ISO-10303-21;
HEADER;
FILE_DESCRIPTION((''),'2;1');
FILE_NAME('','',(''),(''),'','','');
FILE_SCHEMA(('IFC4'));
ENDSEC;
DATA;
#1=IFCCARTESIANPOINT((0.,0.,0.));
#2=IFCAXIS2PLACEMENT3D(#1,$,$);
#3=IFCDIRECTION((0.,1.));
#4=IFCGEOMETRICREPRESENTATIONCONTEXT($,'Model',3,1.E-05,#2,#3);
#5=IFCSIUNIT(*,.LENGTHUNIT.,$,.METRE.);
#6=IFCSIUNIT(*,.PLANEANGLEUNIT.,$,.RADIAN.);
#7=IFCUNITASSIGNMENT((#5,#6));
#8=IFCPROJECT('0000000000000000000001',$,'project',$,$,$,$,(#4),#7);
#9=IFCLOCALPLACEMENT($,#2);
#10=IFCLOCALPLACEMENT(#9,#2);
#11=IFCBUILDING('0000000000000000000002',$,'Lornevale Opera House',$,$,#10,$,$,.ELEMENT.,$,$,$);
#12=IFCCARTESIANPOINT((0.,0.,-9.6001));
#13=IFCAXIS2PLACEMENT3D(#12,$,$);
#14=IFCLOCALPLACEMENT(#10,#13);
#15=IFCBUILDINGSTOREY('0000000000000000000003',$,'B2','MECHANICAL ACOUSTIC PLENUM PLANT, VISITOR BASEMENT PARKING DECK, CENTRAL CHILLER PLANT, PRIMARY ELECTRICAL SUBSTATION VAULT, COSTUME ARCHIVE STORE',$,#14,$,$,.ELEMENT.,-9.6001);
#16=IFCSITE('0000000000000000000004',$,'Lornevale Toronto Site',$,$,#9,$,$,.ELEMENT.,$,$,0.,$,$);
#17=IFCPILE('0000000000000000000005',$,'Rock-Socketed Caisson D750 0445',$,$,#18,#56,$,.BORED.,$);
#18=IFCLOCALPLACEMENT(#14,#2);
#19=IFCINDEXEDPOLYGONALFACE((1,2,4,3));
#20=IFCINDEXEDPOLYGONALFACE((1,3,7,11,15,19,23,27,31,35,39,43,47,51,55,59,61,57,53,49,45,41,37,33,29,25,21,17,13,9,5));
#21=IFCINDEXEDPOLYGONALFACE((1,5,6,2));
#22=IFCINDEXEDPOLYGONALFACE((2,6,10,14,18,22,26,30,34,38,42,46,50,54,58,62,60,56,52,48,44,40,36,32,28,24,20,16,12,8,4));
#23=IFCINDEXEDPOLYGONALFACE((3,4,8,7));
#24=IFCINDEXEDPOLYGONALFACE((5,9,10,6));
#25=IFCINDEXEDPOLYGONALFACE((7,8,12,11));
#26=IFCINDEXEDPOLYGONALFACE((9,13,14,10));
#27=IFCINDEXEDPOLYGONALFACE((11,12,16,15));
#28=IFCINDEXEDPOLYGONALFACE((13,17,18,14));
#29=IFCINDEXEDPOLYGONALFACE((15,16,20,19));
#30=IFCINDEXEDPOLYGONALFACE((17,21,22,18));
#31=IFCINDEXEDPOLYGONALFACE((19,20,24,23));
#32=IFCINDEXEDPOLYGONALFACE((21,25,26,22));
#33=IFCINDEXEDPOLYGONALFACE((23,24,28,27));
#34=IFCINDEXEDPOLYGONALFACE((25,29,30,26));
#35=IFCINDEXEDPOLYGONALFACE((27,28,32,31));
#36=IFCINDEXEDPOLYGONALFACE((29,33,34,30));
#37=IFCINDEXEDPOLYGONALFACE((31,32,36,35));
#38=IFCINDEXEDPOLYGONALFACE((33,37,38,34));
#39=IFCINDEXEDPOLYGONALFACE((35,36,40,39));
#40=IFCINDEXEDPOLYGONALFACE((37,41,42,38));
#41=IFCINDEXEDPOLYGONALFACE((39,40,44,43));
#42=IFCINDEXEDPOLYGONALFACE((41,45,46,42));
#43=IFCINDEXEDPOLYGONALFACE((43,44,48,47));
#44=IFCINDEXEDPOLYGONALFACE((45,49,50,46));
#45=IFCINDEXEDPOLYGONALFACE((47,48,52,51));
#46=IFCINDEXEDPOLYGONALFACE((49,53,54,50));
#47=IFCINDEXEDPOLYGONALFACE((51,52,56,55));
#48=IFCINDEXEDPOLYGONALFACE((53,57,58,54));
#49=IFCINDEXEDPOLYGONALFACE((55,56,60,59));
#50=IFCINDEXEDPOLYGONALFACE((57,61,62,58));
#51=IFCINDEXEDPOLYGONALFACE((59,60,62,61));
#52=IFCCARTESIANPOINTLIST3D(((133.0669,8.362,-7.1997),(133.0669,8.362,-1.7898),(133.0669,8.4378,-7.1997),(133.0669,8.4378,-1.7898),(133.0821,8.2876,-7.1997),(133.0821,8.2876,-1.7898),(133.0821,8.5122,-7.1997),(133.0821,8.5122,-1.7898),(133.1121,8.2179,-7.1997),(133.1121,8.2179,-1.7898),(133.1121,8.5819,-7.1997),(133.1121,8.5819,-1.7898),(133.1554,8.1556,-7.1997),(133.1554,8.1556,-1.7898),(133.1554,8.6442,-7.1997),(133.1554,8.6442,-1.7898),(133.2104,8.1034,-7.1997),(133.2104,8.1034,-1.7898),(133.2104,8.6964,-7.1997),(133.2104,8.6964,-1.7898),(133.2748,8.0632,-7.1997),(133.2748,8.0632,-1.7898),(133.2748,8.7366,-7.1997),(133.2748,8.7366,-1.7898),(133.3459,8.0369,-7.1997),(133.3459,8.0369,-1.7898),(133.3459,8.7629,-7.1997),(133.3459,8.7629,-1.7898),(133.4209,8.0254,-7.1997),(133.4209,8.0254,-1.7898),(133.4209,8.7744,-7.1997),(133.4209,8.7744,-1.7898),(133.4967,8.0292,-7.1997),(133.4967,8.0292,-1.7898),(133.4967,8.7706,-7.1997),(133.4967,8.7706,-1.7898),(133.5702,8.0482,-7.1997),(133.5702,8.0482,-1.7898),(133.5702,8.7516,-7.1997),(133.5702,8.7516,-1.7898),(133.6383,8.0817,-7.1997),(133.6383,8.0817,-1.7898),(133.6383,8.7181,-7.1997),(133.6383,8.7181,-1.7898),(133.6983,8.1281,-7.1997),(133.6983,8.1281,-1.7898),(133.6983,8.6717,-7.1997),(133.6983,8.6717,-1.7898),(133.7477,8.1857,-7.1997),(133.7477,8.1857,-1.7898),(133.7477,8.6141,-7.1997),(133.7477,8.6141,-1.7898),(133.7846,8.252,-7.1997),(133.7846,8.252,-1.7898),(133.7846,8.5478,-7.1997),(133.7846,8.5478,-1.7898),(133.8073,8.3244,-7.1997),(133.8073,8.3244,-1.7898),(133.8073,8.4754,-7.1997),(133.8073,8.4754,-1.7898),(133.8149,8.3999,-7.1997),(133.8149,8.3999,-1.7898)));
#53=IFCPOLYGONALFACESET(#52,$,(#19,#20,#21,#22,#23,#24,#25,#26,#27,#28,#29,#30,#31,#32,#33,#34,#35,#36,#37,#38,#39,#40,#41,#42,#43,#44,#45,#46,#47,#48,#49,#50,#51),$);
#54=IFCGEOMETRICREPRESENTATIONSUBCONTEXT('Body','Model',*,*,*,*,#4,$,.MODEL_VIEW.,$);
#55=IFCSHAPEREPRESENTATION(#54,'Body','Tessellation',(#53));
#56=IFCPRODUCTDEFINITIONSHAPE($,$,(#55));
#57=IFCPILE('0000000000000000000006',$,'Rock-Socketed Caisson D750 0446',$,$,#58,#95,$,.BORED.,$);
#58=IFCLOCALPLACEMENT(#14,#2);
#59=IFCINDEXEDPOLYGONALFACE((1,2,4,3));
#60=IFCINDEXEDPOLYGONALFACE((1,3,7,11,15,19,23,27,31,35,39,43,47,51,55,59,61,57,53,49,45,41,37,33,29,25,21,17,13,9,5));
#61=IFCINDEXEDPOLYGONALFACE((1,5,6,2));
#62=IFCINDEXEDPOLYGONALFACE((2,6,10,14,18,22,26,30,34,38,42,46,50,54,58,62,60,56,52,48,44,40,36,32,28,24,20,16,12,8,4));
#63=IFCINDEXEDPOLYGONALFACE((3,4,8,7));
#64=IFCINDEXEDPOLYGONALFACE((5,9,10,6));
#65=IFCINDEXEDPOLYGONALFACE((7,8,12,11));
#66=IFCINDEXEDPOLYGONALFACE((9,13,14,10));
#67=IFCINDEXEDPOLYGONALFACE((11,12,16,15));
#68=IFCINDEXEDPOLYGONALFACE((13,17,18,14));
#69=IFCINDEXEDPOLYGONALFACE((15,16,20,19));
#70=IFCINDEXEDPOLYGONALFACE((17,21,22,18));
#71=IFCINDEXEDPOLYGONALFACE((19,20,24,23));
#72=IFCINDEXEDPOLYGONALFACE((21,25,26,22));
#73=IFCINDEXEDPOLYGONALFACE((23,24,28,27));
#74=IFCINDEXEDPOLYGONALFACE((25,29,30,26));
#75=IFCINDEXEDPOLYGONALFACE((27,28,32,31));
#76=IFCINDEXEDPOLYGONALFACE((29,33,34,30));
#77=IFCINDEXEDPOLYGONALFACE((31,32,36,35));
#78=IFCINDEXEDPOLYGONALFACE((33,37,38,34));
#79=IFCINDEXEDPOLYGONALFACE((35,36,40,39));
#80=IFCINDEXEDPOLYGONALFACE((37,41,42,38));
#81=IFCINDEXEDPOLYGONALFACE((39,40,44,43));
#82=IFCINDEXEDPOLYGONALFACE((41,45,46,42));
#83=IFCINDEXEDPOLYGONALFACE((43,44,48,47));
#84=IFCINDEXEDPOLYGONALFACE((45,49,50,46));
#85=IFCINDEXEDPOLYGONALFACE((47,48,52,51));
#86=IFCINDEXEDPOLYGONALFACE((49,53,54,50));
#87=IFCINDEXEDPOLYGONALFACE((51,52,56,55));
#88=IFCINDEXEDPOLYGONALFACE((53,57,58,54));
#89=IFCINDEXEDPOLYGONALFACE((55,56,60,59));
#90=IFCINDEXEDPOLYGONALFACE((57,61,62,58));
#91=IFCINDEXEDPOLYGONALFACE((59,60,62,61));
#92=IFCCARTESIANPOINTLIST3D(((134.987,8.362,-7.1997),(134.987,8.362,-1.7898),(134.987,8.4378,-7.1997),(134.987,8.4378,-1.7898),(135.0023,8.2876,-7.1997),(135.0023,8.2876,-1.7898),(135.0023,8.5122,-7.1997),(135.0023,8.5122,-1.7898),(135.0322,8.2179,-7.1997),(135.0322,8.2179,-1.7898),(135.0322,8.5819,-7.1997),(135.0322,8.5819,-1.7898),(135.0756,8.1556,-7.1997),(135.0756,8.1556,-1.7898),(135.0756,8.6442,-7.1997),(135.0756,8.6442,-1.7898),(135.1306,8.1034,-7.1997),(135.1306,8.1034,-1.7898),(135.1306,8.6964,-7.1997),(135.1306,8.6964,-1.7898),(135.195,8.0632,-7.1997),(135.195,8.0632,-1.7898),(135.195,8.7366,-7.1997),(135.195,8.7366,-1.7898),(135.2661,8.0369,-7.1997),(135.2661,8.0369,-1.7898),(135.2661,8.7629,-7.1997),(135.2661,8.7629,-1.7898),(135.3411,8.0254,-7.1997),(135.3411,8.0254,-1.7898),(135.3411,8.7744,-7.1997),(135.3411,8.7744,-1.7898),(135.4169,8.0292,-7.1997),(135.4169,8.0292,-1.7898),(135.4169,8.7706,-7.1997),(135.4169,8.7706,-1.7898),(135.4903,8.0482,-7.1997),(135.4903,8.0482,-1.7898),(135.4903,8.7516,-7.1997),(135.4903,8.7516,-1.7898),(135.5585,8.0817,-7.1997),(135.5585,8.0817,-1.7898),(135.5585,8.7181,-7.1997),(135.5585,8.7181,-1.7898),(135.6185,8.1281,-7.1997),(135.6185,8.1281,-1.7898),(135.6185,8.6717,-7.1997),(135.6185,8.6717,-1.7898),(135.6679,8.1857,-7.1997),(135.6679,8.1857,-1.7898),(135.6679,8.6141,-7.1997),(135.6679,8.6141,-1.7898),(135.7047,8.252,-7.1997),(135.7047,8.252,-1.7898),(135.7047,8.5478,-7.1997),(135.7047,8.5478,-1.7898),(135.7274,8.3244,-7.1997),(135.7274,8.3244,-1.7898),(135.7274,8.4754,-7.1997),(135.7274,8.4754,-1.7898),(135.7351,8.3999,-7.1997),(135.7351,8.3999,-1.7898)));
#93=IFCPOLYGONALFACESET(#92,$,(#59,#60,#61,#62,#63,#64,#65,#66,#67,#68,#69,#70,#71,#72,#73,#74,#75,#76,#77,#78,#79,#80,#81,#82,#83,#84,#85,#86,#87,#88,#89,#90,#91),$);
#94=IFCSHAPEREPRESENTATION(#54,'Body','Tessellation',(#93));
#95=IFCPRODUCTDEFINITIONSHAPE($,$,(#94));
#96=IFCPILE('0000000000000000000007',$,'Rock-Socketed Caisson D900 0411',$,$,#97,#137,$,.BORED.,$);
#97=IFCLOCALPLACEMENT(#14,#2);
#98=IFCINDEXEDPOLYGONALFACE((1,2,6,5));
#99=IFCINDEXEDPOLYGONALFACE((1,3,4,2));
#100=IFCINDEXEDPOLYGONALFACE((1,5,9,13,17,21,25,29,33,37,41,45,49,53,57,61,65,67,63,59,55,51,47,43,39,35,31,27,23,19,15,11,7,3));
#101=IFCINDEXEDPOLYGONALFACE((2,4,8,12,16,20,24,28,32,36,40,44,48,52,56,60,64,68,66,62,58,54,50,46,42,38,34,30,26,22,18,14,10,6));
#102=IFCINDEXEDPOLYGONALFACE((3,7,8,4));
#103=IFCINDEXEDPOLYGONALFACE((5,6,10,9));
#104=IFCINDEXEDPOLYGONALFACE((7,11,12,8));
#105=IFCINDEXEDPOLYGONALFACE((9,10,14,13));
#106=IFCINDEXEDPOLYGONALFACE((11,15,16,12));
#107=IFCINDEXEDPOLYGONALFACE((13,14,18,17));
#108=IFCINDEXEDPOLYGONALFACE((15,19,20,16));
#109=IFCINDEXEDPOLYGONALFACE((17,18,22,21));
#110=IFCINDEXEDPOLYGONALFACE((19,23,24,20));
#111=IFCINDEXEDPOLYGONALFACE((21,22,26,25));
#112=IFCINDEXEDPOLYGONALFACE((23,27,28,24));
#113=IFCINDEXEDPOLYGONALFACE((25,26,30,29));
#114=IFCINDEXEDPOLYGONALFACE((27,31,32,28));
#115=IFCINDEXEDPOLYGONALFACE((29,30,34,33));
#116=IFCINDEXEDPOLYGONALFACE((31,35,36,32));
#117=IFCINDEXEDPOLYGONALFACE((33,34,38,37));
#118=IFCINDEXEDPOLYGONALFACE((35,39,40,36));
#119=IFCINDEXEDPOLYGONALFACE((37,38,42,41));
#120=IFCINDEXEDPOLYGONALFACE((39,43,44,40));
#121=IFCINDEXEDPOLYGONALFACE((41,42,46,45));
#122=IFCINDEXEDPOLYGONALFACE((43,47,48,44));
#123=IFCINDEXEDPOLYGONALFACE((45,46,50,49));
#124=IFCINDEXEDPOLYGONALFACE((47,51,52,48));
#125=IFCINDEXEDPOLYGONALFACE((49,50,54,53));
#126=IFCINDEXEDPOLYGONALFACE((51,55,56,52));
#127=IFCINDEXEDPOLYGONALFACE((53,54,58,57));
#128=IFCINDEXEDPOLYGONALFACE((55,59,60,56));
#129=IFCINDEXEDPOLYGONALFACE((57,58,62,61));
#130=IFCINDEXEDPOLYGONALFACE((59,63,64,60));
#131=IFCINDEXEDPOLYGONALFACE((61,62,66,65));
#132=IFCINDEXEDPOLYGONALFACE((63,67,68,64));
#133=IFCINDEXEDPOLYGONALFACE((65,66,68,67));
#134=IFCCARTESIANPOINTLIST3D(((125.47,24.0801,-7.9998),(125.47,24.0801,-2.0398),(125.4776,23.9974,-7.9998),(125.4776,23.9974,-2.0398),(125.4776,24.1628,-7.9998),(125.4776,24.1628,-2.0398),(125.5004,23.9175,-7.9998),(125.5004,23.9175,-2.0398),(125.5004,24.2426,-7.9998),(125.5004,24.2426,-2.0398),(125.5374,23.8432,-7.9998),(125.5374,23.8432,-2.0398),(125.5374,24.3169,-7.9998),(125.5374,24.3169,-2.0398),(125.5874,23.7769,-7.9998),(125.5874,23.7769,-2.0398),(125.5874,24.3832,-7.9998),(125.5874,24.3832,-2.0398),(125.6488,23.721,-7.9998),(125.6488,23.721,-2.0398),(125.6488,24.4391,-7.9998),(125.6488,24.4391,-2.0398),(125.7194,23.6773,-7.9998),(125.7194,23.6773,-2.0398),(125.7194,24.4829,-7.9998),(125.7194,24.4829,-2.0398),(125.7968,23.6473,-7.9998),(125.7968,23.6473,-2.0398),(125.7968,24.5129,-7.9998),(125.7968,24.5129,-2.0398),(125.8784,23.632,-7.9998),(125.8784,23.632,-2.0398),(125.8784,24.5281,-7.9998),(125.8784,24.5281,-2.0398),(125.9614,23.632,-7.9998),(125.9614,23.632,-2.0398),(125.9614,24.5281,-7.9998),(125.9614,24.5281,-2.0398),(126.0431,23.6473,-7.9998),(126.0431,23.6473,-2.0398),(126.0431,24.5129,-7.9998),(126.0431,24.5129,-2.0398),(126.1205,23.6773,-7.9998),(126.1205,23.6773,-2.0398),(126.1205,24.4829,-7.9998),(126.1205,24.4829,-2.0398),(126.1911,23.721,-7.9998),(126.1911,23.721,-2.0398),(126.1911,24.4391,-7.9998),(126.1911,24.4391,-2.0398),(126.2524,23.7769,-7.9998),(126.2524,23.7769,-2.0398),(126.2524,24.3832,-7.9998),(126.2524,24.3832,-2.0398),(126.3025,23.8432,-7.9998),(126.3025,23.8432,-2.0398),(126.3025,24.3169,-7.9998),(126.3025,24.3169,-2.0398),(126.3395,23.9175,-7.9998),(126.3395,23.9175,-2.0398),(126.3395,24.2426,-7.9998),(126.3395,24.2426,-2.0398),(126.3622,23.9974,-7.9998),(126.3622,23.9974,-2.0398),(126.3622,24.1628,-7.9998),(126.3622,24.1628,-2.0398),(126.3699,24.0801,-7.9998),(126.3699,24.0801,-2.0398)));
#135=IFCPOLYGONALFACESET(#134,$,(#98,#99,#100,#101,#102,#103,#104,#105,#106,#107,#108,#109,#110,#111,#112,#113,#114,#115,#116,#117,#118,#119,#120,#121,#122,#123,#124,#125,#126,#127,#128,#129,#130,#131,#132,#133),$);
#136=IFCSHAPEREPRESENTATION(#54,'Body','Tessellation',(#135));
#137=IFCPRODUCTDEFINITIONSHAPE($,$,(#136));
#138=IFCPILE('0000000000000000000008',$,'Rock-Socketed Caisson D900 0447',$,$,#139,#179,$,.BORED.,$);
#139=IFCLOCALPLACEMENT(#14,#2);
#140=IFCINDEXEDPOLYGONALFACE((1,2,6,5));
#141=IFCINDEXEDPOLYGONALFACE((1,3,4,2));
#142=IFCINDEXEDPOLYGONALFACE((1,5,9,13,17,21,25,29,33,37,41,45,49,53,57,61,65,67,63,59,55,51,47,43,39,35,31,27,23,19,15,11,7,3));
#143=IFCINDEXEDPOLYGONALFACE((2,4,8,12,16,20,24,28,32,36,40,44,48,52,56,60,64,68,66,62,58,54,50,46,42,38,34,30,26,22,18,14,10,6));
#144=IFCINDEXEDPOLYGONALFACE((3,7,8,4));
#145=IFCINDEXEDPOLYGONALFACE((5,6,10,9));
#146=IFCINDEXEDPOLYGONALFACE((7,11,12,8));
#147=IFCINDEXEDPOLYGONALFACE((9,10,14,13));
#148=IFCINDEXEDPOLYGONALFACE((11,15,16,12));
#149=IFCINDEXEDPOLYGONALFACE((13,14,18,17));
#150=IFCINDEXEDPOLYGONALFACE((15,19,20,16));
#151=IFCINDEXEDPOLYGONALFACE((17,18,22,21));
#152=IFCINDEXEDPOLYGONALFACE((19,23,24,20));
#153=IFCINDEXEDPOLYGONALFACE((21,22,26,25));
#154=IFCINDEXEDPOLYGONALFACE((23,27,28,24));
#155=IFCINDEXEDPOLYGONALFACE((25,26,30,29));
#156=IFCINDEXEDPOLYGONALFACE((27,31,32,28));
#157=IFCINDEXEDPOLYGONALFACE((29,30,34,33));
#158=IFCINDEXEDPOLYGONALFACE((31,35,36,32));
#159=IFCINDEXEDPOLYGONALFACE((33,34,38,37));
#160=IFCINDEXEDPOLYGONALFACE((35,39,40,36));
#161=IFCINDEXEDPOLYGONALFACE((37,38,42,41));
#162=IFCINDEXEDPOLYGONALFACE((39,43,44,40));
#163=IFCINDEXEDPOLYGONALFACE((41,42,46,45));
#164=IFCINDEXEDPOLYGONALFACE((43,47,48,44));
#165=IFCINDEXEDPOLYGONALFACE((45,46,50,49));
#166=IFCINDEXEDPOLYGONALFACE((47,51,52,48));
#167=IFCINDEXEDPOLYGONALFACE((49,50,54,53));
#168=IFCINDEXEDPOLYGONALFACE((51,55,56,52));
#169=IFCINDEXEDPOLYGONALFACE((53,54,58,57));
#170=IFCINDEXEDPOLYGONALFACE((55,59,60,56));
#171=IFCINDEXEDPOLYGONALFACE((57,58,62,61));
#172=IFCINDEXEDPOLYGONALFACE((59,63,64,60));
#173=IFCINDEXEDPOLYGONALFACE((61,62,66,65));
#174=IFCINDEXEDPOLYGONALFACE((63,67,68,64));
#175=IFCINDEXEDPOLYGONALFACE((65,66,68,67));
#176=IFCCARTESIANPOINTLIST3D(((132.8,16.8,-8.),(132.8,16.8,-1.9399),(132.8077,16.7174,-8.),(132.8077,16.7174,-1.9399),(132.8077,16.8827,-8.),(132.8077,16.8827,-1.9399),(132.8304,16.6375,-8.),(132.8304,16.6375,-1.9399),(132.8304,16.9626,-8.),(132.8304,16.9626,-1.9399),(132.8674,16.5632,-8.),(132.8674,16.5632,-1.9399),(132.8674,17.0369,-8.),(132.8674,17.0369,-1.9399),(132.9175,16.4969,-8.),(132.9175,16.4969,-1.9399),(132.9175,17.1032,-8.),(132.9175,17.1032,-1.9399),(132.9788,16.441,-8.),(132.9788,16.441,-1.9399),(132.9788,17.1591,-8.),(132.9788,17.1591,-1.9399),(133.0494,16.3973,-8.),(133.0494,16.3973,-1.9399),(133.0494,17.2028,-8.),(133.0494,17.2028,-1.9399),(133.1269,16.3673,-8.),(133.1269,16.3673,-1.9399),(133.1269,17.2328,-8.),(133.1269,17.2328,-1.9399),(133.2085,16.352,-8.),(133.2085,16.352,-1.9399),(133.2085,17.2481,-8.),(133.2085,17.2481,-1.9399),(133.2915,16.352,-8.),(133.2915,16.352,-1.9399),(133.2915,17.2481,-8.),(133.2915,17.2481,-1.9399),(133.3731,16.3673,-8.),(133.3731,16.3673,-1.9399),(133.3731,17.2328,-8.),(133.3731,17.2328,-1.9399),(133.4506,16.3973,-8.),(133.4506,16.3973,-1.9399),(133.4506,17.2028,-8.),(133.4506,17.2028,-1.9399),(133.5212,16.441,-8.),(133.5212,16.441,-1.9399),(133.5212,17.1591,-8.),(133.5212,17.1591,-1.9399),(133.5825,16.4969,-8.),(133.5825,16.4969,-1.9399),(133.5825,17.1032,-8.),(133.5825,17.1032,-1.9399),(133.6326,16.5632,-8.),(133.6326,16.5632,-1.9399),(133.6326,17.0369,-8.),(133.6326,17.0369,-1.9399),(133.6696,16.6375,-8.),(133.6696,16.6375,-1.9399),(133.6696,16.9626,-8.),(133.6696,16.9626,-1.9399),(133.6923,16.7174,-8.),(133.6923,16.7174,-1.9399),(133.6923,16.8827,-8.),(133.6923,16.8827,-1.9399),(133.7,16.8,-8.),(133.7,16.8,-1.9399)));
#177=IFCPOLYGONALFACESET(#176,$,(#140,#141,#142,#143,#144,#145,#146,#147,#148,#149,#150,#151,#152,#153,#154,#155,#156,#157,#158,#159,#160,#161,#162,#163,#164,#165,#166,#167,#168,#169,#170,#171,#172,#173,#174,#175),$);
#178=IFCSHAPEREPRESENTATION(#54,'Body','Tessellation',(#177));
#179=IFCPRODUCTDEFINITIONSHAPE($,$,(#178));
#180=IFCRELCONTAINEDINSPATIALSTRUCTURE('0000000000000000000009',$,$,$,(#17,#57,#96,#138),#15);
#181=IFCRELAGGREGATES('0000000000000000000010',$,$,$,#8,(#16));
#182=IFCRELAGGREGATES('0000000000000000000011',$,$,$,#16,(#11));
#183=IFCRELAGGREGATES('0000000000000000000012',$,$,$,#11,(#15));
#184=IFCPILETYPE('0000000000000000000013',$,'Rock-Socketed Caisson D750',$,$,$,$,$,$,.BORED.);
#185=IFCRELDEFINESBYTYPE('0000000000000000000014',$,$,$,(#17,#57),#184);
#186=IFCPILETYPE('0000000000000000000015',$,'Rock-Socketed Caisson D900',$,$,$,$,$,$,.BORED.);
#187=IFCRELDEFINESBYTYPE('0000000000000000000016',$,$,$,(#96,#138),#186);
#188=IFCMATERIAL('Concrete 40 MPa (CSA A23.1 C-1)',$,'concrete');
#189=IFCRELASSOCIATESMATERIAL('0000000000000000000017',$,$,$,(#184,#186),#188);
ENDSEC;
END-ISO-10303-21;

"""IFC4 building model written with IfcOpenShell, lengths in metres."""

from ifc_helpers import new_model, si_unit, direction, frame, origin, origin_2d, place, context, subcontext, project, spatial, circle, extrude, material, material_profile, profile_set, type_object, element, save


model = new_model("IFC4")

# Units and contexts
model_context = context("Model", 3, precision=1e-05, world=origin(), true_north=direction((0.0, 1.0)))
body_context = subcontext(model_context, "Body", "Model", "MODEL_VIEW")
ifc_project = project(units=[si_unit("LENGTHUNIT", "METRE"), si_unit("PLANEANGLEUNIT", "RADIAN")], contexts=[model_context])

# Site, building, storey
site_placement = place(None, origin())
site = spatial("IfcSite", under=ifc_project, at=site_placement, Name="Lornevale Toronto Site", CompositionType="ELEMENT", RefElevation=0.0)
building_placement = place(site_placement, origin())
building = spatial("IfcBuilding", under=site, at=building_placement, Name="Lornevale Opera House", CompositionType="ELEMENT")
storey_placement = place(building_placement, frame((0.0, 0.0, -9.6001)))
storey = spatial("IfcBuildingStorey", under=building, at=storey_placement, Name="B2", Description="MECHANICAL ACOUSTIC PLENUM PLANT, VISITOR BASEMENT PARKING DECK, CENTRAL CHILLER PLANT, PRIMARY ELECTRICAL SUBSTATION VAULT, COSTUME ARCHIVE STORE", CompositionType="ELEMENT", Elevation=-9.6001)

# Piles
ifc_material_1 = material(Name="Concrete 40 MPa (CSA A23.1 C-1)", Category="concrete")
ifc_material_profile_1 = material_profile(ifc_material_1, circle(Radius=0.375, at=origin_2d()), Name="CAIS750")
ifc_profile_set_1 = profile_set([ifc_material_profile_1], Name="Concrete 40 MPa (CSA A23.1 C-1)")
pile_type_1 = type_object("IfcPileType", Name="Rock-Socketed Caisson D750", PredefinedType="BORED", material=ifc_profile_set_1)
for number, where, z_axis, x_axis, name in (
    (1, (133.4399, 8.3999, -1.7898), (0.0, 0.0, -1.0), (1.0, 0.0, 0.0), "Rock-Socketed Caisson D750 0445"),
    (2, (135.3601, 8.3999, -1.7898), (0.0, 0.0, -1.0), (1.0, 0.0, 0.0), "Rock-Socketed Caisson D750 0446"),
):
    element("IfcPile", number, at=place(storey_placement, frame(where, z_axis=z_axis, x_axis=x_axis)), inside=storey, type_object=pile_type_1, Name=name, PredefinedType="BORED", context=body_context, shape_type="SweptSolid", body=[
        extrude(circle(Radius=0.375, at=origin_2d()), origin(), (0.0, 0.0, 1.0), 5.4099),
    ])
ifc_material_profile_2 = material_profile(ifc_material_1, circle(Radius=0.45, at=origin_2d()), Name="CAIS900")
ifc_profile_set_2 = profile_set([ifc_material_profile_2], Name="Concrete 40 MPa (CSA A23.1 C-1)")
pile_type_2 = type_object("IfcPileType", Name="Rock-Socketed Caisson D900", PredefinedType="BORED", material=ifc_profile_set_2)
pile_1_placement = place(storey_placement, frame((125.9199, 24.0801, -2.0398), z_axis=(0.0, 0.0, -1.0), x_axis=(1.0, 0.0, 0.0)))
element("IfcPile", 3, at=pile_1_placement, inside=storey, type_object=pile_type_2, Name="Rock-Socketed Caisson D900 0411", PredefinedType="BORED", context=body_context, shape_type="SweptSolid", body=[
    extrude(circle(Radius=0.45, at=origin_2d()), origin(), (0.0, 0.0, 1.0), 5.96),
])
for number, where, z_axis, x_axis, name in (
    (4, (133.25, 16.8, -1.9399), (0.0, 0.0, -1.0), (1.0, 0.0, 0.0), "Rock-Socketed Caisson D900 0447"),
):
    element("IfcPile", number, at=place(storey_placement, frame(where, z_axis=z_axis, x_axis=x_axis)), inside=storey, type_object=pile_type_2, Name=name, PredefinedType="BORED", context=body_context, shape_type="SweptSolid", body=[
        extrude(circle(Radius=0.45, at=origin_2d()), origin(), (0.0, 0.0, 1.0), 6.0601),
    ])

save(model, "model.ifc")
